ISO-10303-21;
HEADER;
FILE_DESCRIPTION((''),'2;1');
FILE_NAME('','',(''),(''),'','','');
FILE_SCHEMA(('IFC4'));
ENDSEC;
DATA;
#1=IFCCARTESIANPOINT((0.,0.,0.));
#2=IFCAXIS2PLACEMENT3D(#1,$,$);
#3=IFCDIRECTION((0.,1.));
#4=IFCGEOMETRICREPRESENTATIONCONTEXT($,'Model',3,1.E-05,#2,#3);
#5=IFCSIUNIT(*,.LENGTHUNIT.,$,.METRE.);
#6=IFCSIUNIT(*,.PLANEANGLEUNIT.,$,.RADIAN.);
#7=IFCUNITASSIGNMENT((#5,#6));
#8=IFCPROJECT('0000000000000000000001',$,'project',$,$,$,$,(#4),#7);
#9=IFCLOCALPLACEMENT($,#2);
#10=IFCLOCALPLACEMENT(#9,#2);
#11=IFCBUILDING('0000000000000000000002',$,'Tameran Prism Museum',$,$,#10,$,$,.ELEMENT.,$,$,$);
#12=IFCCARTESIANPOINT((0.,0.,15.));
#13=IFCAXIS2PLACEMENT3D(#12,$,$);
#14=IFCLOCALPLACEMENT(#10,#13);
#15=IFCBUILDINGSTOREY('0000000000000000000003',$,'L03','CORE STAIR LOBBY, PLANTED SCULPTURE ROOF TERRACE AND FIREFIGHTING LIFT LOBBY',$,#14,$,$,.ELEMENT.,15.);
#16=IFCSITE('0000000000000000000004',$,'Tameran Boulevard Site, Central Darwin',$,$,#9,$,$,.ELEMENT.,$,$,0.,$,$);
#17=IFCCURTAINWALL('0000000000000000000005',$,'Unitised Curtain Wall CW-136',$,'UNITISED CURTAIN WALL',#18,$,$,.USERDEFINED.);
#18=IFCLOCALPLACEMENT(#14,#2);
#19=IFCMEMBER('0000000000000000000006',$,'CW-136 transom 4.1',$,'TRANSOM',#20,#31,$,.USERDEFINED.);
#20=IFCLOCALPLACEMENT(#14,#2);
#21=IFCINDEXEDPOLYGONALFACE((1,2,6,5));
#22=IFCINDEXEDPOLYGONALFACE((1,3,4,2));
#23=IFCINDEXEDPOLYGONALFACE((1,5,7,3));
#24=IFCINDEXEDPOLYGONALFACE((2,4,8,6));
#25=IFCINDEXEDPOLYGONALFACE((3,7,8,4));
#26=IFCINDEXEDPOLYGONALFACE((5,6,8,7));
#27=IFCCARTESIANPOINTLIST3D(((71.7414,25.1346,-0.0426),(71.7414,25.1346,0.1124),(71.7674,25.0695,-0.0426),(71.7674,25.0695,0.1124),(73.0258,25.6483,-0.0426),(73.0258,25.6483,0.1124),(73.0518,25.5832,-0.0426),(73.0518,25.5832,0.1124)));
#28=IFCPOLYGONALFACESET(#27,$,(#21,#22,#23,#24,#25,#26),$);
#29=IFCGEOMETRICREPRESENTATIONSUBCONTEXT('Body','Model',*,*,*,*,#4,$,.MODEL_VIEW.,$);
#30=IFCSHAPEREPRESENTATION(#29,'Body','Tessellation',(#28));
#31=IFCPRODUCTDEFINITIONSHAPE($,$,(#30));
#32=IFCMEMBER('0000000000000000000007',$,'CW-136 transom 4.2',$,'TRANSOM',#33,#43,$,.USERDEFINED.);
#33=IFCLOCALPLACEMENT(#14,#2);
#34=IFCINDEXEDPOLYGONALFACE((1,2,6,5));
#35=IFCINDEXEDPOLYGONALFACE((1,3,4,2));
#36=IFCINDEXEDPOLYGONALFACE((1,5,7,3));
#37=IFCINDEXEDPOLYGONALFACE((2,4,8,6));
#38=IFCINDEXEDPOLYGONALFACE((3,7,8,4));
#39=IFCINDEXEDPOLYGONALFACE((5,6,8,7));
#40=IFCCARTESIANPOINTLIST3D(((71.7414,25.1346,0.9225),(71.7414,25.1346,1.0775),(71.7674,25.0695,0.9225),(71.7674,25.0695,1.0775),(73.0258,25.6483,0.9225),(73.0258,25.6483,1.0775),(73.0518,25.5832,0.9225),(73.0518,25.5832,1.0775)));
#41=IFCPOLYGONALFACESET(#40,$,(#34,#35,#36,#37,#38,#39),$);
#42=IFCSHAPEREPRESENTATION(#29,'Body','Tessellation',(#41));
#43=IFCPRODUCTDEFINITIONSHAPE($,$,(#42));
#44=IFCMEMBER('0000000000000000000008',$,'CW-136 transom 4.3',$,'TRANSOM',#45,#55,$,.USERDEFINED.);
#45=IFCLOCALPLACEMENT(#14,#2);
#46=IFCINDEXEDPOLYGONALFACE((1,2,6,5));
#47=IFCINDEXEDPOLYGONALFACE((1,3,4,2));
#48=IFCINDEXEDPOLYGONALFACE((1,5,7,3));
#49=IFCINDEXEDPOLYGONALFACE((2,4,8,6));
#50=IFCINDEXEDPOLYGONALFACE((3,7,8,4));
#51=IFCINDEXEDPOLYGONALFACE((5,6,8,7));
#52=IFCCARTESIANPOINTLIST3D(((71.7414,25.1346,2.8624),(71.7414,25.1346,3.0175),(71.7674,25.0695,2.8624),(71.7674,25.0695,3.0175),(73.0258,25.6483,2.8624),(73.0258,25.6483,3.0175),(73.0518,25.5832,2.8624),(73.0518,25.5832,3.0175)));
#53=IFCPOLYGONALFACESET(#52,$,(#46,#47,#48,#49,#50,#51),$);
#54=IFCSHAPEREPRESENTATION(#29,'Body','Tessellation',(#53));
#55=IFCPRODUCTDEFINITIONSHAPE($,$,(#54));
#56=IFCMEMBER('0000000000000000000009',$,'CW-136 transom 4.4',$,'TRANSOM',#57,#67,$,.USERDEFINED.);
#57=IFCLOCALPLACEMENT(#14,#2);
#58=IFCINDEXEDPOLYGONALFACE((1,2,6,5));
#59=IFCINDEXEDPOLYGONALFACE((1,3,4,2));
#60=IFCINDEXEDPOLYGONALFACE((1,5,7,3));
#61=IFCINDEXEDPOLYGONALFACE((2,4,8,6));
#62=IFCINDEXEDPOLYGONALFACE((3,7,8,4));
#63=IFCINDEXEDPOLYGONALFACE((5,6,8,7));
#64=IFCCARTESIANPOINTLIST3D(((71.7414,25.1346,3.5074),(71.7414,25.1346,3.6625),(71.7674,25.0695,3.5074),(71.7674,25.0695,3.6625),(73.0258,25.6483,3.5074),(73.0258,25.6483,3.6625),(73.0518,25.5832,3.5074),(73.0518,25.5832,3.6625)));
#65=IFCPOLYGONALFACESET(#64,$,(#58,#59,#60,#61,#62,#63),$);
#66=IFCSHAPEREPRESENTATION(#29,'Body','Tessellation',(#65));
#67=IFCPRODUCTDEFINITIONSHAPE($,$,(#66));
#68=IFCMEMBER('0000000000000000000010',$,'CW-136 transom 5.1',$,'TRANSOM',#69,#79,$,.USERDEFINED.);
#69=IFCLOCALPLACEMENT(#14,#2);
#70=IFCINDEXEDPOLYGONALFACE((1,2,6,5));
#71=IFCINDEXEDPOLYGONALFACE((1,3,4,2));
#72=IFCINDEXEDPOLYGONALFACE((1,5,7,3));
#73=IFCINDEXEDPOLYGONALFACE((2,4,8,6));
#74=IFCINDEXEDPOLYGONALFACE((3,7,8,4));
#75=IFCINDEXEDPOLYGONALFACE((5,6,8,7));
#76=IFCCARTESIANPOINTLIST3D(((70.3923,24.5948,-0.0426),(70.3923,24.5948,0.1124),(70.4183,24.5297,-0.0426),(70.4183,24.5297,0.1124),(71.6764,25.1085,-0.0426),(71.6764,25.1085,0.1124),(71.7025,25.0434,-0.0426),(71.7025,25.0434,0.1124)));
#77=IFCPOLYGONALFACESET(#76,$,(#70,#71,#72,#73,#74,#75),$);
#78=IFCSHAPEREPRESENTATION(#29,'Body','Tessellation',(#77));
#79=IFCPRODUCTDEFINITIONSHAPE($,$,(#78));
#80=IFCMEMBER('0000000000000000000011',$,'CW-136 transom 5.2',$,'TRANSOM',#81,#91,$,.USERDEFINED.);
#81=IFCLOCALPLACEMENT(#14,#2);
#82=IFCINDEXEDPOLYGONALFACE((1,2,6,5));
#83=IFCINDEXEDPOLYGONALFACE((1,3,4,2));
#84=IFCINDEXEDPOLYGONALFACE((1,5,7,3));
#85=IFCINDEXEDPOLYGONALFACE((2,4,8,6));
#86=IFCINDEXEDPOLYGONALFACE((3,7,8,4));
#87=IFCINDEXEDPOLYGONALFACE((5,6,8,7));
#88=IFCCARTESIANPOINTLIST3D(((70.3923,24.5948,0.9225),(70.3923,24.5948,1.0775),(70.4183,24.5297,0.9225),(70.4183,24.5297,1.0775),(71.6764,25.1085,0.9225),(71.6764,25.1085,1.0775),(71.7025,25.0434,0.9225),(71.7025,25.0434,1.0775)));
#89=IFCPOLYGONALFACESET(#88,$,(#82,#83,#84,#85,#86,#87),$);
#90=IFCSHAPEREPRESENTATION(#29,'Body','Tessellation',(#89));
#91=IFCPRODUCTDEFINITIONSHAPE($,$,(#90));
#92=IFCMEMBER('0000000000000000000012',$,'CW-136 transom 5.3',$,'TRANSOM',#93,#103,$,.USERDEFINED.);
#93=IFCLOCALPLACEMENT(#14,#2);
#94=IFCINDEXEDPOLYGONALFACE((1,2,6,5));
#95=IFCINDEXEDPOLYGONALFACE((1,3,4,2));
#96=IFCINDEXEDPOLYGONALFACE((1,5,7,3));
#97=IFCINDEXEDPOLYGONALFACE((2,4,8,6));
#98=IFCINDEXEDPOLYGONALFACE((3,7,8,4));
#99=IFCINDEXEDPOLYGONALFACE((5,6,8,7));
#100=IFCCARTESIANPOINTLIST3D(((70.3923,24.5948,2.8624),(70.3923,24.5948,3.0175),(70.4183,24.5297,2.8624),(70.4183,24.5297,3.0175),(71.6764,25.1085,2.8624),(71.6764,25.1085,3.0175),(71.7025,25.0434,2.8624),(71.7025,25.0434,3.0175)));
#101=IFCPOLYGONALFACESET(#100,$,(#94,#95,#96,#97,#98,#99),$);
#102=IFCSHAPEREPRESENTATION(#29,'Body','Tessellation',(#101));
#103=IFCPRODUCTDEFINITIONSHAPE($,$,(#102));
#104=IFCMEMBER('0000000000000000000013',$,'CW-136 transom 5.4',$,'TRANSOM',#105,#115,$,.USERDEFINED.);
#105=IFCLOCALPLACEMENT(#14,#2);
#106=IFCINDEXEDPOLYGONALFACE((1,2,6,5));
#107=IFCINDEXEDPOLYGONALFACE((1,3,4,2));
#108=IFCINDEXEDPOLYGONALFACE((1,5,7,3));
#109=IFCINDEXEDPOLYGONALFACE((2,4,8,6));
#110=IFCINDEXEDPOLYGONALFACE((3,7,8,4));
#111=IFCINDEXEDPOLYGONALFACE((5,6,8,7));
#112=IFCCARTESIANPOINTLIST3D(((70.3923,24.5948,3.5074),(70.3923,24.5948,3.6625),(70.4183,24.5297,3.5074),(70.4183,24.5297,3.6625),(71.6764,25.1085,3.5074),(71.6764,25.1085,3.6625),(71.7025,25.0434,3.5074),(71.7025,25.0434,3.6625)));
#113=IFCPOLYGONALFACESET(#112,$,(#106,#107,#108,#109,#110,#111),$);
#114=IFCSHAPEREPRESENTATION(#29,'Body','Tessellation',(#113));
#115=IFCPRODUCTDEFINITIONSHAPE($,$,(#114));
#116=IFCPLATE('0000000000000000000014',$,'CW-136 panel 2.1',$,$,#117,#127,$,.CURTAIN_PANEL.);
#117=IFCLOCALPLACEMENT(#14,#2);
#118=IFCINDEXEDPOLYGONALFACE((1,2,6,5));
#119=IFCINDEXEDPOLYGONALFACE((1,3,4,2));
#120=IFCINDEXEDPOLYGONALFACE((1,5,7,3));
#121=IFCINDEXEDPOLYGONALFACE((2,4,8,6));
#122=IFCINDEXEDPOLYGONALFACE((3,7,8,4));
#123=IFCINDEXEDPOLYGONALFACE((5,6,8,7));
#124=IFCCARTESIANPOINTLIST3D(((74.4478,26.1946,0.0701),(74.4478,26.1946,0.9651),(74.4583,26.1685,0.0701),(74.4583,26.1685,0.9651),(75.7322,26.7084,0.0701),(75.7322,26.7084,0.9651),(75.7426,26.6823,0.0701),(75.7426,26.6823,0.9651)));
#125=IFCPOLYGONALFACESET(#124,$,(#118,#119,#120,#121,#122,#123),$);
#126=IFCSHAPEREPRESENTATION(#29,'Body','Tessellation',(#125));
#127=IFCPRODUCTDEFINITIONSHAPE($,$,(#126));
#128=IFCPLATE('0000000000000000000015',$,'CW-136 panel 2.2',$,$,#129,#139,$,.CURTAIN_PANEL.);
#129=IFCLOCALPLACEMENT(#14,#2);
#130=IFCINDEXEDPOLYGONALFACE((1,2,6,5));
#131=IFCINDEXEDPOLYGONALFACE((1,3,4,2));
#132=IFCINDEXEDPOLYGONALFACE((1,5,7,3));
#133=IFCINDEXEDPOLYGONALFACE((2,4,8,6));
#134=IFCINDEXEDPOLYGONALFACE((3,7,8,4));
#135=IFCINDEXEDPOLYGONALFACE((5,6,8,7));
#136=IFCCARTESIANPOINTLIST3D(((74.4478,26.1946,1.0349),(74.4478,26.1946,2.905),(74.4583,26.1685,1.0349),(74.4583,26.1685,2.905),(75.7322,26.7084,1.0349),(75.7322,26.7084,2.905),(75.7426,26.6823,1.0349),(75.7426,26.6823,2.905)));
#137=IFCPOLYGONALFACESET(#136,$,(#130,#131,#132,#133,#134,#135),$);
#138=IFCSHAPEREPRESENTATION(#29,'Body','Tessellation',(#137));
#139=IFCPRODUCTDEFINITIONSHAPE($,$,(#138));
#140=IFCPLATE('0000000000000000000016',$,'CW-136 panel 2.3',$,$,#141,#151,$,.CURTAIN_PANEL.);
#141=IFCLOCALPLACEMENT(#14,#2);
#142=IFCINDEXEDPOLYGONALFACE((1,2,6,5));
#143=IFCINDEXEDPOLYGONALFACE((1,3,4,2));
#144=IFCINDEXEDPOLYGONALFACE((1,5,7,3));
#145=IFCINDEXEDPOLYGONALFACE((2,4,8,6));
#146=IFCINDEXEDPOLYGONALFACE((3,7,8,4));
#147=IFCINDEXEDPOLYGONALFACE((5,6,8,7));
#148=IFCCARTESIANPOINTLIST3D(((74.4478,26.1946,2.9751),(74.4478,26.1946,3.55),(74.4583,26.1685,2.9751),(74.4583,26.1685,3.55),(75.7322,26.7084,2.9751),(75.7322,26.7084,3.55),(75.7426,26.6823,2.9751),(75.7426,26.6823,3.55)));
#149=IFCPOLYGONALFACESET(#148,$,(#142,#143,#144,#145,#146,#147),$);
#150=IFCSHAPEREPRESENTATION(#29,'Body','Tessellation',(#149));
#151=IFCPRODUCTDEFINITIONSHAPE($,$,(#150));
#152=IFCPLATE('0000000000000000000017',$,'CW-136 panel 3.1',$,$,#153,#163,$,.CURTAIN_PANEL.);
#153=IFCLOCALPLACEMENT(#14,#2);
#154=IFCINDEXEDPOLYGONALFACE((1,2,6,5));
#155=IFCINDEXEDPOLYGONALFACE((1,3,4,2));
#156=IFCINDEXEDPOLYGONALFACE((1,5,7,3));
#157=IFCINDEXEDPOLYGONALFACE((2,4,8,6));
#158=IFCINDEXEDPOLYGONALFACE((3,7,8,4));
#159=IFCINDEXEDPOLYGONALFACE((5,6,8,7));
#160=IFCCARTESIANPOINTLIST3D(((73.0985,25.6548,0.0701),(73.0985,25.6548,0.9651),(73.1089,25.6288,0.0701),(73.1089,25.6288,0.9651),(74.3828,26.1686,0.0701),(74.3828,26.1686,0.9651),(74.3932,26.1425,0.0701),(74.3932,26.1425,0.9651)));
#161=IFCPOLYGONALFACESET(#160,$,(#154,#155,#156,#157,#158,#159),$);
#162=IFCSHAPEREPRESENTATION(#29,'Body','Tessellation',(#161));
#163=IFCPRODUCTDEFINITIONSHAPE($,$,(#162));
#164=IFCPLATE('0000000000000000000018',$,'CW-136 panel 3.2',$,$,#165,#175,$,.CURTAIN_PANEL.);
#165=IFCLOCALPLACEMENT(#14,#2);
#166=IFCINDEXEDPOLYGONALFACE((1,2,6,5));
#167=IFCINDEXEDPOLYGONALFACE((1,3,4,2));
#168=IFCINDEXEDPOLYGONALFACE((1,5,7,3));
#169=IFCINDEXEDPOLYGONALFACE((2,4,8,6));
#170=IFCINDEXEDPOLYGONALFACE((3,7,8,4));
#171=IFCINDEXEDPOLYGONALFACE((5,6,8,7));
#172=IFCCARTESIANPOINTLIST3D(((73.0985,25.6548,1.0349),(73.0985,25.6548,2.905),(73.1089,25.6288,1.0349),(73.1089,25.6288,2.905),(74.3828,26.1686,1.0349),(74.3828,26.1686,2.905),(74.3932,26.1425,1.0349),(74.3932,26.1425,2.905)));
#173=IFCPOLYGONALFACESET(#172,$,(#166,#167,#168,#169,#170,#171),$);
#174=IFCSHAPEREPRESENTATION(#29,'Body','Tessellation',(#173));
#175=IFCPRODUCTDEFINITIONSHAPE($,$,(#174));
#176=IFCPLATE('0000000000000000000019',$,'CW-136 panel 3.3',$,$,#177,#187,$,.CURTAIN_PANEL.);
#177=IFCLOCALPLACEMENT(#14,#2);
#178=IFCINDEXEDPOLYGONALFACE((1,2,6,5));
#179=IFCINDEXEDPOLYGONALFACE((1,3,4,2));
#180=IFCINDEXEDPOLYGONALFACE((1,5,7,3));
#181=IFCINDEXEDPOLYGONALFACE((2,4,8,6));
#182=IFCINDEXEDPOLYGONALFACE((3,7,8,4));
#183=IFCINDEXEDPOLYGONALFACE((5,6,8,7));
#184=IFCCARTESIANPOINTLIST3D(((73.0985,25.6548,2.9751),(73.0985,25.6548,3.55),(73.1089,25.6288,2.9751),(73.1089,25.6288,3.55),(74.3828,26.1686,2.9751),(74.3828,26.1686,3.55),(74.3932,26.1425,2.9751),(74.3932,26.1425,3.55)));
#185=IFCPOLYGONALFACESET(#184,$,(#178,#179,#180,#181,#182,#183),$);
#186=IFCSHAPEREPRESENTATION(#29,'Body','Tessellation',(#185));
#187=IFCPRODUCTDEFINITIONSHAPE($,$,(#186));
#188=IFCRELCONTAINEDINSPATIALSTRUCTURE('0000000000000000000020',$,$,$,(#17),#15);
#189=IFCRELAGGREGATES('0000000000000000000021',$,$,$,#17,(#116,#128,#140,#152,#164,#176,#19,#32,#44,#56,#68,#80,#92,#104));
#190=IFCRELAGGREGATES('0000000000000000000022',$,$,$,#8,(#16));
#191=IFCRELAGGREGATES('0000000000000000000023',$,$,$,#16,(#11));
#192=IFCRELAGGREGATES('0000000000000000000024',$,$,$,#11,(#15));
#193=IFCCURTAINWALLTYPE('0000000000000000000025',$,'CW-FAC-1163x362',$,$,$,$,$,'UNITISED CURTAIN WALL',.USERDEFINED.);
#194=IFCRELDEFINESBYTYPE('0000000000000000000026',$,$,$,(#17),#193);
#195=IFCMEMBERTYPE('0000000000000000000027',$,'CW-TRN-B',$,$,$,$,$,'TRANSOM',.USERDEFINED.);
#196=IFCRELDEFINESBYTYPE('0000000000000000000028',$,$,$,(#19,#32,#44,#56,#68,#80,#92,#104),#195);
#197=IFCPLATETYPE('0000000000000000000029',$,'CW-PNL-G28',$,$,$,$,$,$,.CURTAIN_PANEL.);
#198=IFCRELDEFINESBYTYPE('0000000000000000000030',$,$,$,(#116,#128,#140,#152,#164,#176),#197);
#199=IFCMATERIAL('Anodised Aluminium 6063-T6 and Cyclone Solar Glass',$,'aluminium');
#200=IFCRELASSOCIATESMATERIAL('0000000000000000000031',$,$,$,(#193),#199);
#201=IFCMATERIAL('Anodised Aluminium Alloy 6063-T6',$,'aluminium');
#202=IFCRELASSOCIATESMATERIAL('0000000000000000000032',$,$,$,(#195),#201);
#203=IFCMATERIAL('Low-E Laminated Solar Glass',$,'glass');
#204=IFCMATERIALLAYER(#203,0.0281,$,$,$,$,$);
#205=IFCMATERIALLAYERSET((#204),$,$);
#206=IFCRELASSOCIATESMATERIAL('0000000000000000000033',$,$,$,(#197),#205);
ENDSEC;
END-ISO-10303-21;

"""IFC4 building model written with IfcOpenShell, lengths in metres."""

from ifc_helpers import new_model, si_unit, direction, frame, origin, origin_2d, place, context, subcontext, project, spatial, rectangle, extrude, material, layer, layer_set, material_profile, profile_set, type_object, element, aggregate, save


model = new_model("IFC4")

# Units and contexts
model_context = context("Model", 3, precision=1e-05, world=origin(), true_north=direction((0.0, 1.0)))
body_context = subcontext(model_context, "Body", "Model", "MODEL_VIEW")
ifc_project = project(units=[si_unit("LENGTHUNIT", "METRE"), si_unit("PLANEANGLEUNIT", "RADIAN")], contexts=[model_context])

# Site, building, storey
site_placement = place(None, origin())
site = spatial("IfcSite", under=ifc_project, at=site_placement, Name="Tameran Boulevard Site, Central Darwin", CompositionType="ELEMENT", RefElevation=0.0)
building_placement = place(site_placement, origin())
building = spatial("IfcBuilding", under=site, at=building_placement, Name="Tameran Prism Museum", CompositionType="ELEMENT")
storey_placement = place(building_placement, frame((0.0, 0.0, 15.0)))
storey = spatial("IfcBuildingStorey", under=building, at=storey_placement, Name="L03", Description="CORE STAIR LOBBY, PLANTED SCULPTURE ROOF TERRACE AND FIREFIGHTING LIFT LOBBY", CompositionType="ELEMENT", Elevation=15.0)

# Curtain wall, members, plates
ifc_material_1 = material(Name="Anodised Aluminium 6063-T6 and Cyclone Solar Glass", Category="aluminium")
curtain_wall_type = type_object("IfcCurtainWallType", Name="CW-FAC-1163x362", ElementType="UNITISED CURTAIN WALL", PredefinedType="USERDEFINED", material=ifc_material_1)
curtain_wall_placement = place(storey_placement, origin())
curtain_wall = element("IfcCurtainWall", 1, at=curtain_wall_placement, inside=storey, type_object=curtain_wall_type, Name="Unitised Curtain Wall CW-136", ObjectType="UNITISED CURTAIN WALL", PredefinedType="USERDEFINED")
ifc_material_2 = material(Name="Anodised Aluminium Alloy 6063-T6", Category="aluminium")
ifc_material_profile_1 = material_profile(ifc_material_2, rectangle(XDim=0.0701, YDim=0.155, at=origin_2d()))
ifc_profile_set_1 = profile_set([ifc_material_profile_1])
member_type_1 = type_object("IfcMemberType", Name="CW-TRN-B", ElementType="TRANSOM", PredefinedType="USERDEFINED", material=ifc_profile_set_1)
member_1_placement = place(storey_placement, frame((73.0388, 25.6157, 0.0349), z_axis=(-0.928501, -0.37133, 0.0), x_axis=(0.37133, -0.928501, 0.0)))
member_1 = element("IfcMember", 2, at=member_1_placement, type_object=member_type_1, Name="CW-136 transom 4.1", ObjectType="TRANSOM", PredefinedType="USERDEFINED", context=body_context, shape_type="SweptSolid", body=[
    extrude(rectangle(XDim=0.0701, YDim=0.155, at=origin_2d()), origin(), (0.0, 0.0, 1.0), 1.3833),
])
member_2_placement = place(storey_placement, frame((73.0388, 25.6157, 1.0), z_axis=(-0.928501, -0.37133, 0.0), x_axis=(0.37133, -0.928501, 0.0)))
member_2 = element("IfcMember", 3, at=member_2_placement, type_object=member_type_1, Name="CW-136 transom 4.2", ObjectType="TRANSOM", PredefinedType="USERDEFINED", context=body_context, shape_type="SweptSolid", body=[
    extrude(rectangle(XDim=0.0701, YDim=0.155, at=origin_2d()), origin(), (0.0, 0.0, 1.0), 1.3833),
])
member_3_placement = place(storey_placement, frame((73.0388, 25.6157, 2.9399), z_axis=(-0.928501, -0.37133, 0.0), x_axis=(0.37133, -0.928501, 0.0)))
member_3 = element("IfcMember", 4, at=member_3_placement, type_object=member_type_1, Name="CW-136 transom 4.3", ObjectType="TRANSOM", PredefinedType="USERDEFINED", context=body_context, shape_type="SweptSolid", body=[
    extrude(rectangle(XDim=0.0701, YDim=0.155, at=origin_2d()), origin(), (0.0, 0.0, 1.0), 1.3833),
])
member_4_placement = place(storey_placement, frame((73.0388, 25.6157, 3.585), z_axis=(-0.928501, -0.37133, 0.0), x_axis=(0.37133, -0.928501, 0.0)))
member_4 = element("IfcMember", 5, at=member_4_placement, type_object=member_type_1, Name="CW-136 transom 4.4", ObjectType="TRANSOM", PredefinedType="USERDEFINED", context=body_context, shape_type="SweptSolid", body=[
    extrude(rectangle(XDim=0.0701, YDim=0.155, at=origin_2d()), origin(), (0.0, 0.0, 1.0), 1.3833),
])
member_5_placement = place(storey_placement, frame((71.6895, 25.0759, 0.0349), z_axis=(-0.928477, -0.371391, 0.0), x_axis=(0.371391, -0.928477, 0.0)))
member_5 = element("IfcMember", 6, at=member_5_placement, type_object=member_type_1, Name="CW-136 transom 5.1", ObjectType="TRANSOM", PredefinedType="USERDEFINED", context=body_context, shape_type="SweptSolid", body=[
    extrude(rectangle(XDim=0.0701, YDim=0.155, at=origin_2d()), origin(), (0.0, 0.0, 1.0), 1.3831),
])
member_6_placement = place(storey_placement, frame((71.6895, 25.0759, 1.0), z_axis=(-0.928477, -0.371391, 0.0), x_axis=(0.371391, -0.928477, 0.0)))
member_6 = element("IfcMember", 7, at=member_6_placement, type_object=member_type_1, Name="CW-136 transom 5.2", ObjectType="TRANSOM", PredefinedType="USERDEFINED", context=body_context, shape_type="SweptSolid", body=[
    extrude(rectangle(XDim=0.0701, YDim=0.155, at=origin_2d()), origin(), (0.0, 0.0, 1.0), 1.3831),
])
member_7_placement = place(storey_placement, frame((71.6895, 25.0759, 2.9399), z_axis=(-0.928477, -0.371391, 0.0), x_axis=(0.371391, -0.928477, 0.0)))
member_7 = element("IfcMember", 8, at=member_7_placement, type_object=member_type_1, Name="CW-136 transom 5.3", ObjectType="TRANSOM", PredefinedType="USERDEFINED", context=body_context, shape_type="SweptSolid", body=[
    extrude(rectangle(XDim=0.0701, YDim=0.155, at=origin_2d()), origin(), (0.0, 0.0, 1.0), 1.3831),
])
member_8_placement = place(storey_placement, frame((71.6895, 25.0759, 3.585), z_axis=(-0.928477, -0.371391, 0.0), x_axis=(0.371391, -0.928477, 0.0)))
member_8 = element("IfcMember", 9, at=member_8_placement, type_object=member_type_1, Name="CW-136 transom 5.4", ObjectType="TRANSOM", PredefinedType="USERDEFINED", context=body_context, shape_type="SweptSolid", body=[
    extrude(rectangle(XDim=0.0701, YDim=0.155, at=origin_2d()), origin(), (0.0, 0.0, 1.0), 1.3831),
])
ifc_material_3 = material(Name="Low-E Laminated Solar Glass", Category="glass")
ifc_layer_1 = layer(ifc_material_3, 0.0281)
ifc_layer_set_1 = layer_set([ifc_layer_1])
plate_type = type_object("IfcPlateType", Name="CW-PNL-G28", PredefinedType="CURTAIN_PANEL", material=ifc_layer_set_1)
plate_1_placement = place(storey_placement, frame((75.0952, 26.4385, 0.0701), z_axis=(0.0, 0.0, 1.0), x_axis=(-0.928465, -0.37142, 0.0)))
plate_1 = element("IfcPlate", 10, at=plate_1_placement, type_object=plate_type, Name="CW-136 panel 2.1", PredefinedType="CURTAIN_PANEL", context=body_context, shape_type="SweptSolid", body=[
    extrude(rectangle(XDim=1.3833, YDim=0.0281, at=origin_2d()), origin(), (0.0, 0.0, 1.0), 0.895),
])
plate_2_placement = place(storey_placement, frame((75.0952, 26.4385, 1.0349), z_axis=(0.0, 0.0, 1.0), x_axis=(-0.928465, -0.37142, 0.0)))
plate_2 = element("IfcPlate", 11, at=plate_2_placement, type_object=plate_type, Name="CW-136 panel 2.2", PredefinedType="CURTAIN_PANEL", context=body_context, shape_type="SweptSolid", body=[
    extrude(rectangle(XDim=1.3833, YDim=0.0281, at=origin_2d()), origin(), (0.0, 0.0, 1.0), 1.8701),
])
plate_3_placement = place(storey_placement, frame((75.0952, 26.4385, 2.9751), z_axis=(0.0, 0.0, 1.0), x_axis=(-0.928465, -0.37142, 0.0)))
plate_3 = element("IfcPlate", 12, at=plate_3_placement, type_object=plate_type, Name="CW-136 panel 2.3", PredefinedType="CURTAIN_PANEL", context=body_context, shape_type="SweptSolid", body=[
    extrude(rectangle(XDim=1.3833, YDim=0.0281, at=origin_2d()), origin(), (0.0, 0.0, 1.0), 0.575),
])
plate_4_placement = place(storey_placement, frame((73.7458, 25.8987, 0.0701), z_axis=(0.0, 0.0, 1.0), x_axis=(-0.928465, -0.37142, 0.0)))
plate_4 = element("IfcPlate", 13, at=plate_4_placement, type_object=plate_type, Name="CW-136 panel 3.1", PredefinedType="CURTAIN_PANEL", context=body_context, shape_type="SweptSolid", body=[
    extrude(rectangle(XDim=1.3833, YDim=0.0281, at=origin_2d()), origin(), (0.0, 0.0, 1.0), 0.895),
])
plate_5_placement = place(storey_placement, frame((73.7458, 25.8987, 1.0349), z_axis=(0.0, 0.0, 1.0), x_axis=(-0.928465, -0.37142, 0.0)))
plate_5 = element("IfcPlate", 14, at=plate_5_placement, type_object=plate_type, Name="CW-136 panel 3.2", PredefinedType="CURTAIN_PANEL", context=body_context, shape_type="SweptSolid", body=[
    extrude(rectangle(XDim=1.3833, YDim=0.0281, at=origin_2d()), origin(), (0.0, 0.0, 1.0), 1.8701),
])
plate_6_placement = place(storey_placement, frame((73.7458, 25.8987, 2.9751), z_axis=(0.0, 0.0, 1.0), x_axis=(-0.928465, -0.37142, 0.0)))
plate_6 = element("IfcPlate", 15, at=plate_6_placement, type_object=plate_type, Name="CW-136 panel 3.3", PredefinedType="CURTAIN_PANEL", context=body_context, shape_type="SweptSolid", body=[
    extrude(rectangle(XDim=1.3833, YDim=0.0281, at=origin_2d()), origin(), (0.0, 0.0, 1.0), 0.575),
])
aggregate(curtain_wall, [plate_1, plate_2, plate_3, plate_4, plate_5, plate_6, member_1, member_2, member_3, member_4, member_5, member_6, member_7, member_8])

save(model, "model.ifc")
